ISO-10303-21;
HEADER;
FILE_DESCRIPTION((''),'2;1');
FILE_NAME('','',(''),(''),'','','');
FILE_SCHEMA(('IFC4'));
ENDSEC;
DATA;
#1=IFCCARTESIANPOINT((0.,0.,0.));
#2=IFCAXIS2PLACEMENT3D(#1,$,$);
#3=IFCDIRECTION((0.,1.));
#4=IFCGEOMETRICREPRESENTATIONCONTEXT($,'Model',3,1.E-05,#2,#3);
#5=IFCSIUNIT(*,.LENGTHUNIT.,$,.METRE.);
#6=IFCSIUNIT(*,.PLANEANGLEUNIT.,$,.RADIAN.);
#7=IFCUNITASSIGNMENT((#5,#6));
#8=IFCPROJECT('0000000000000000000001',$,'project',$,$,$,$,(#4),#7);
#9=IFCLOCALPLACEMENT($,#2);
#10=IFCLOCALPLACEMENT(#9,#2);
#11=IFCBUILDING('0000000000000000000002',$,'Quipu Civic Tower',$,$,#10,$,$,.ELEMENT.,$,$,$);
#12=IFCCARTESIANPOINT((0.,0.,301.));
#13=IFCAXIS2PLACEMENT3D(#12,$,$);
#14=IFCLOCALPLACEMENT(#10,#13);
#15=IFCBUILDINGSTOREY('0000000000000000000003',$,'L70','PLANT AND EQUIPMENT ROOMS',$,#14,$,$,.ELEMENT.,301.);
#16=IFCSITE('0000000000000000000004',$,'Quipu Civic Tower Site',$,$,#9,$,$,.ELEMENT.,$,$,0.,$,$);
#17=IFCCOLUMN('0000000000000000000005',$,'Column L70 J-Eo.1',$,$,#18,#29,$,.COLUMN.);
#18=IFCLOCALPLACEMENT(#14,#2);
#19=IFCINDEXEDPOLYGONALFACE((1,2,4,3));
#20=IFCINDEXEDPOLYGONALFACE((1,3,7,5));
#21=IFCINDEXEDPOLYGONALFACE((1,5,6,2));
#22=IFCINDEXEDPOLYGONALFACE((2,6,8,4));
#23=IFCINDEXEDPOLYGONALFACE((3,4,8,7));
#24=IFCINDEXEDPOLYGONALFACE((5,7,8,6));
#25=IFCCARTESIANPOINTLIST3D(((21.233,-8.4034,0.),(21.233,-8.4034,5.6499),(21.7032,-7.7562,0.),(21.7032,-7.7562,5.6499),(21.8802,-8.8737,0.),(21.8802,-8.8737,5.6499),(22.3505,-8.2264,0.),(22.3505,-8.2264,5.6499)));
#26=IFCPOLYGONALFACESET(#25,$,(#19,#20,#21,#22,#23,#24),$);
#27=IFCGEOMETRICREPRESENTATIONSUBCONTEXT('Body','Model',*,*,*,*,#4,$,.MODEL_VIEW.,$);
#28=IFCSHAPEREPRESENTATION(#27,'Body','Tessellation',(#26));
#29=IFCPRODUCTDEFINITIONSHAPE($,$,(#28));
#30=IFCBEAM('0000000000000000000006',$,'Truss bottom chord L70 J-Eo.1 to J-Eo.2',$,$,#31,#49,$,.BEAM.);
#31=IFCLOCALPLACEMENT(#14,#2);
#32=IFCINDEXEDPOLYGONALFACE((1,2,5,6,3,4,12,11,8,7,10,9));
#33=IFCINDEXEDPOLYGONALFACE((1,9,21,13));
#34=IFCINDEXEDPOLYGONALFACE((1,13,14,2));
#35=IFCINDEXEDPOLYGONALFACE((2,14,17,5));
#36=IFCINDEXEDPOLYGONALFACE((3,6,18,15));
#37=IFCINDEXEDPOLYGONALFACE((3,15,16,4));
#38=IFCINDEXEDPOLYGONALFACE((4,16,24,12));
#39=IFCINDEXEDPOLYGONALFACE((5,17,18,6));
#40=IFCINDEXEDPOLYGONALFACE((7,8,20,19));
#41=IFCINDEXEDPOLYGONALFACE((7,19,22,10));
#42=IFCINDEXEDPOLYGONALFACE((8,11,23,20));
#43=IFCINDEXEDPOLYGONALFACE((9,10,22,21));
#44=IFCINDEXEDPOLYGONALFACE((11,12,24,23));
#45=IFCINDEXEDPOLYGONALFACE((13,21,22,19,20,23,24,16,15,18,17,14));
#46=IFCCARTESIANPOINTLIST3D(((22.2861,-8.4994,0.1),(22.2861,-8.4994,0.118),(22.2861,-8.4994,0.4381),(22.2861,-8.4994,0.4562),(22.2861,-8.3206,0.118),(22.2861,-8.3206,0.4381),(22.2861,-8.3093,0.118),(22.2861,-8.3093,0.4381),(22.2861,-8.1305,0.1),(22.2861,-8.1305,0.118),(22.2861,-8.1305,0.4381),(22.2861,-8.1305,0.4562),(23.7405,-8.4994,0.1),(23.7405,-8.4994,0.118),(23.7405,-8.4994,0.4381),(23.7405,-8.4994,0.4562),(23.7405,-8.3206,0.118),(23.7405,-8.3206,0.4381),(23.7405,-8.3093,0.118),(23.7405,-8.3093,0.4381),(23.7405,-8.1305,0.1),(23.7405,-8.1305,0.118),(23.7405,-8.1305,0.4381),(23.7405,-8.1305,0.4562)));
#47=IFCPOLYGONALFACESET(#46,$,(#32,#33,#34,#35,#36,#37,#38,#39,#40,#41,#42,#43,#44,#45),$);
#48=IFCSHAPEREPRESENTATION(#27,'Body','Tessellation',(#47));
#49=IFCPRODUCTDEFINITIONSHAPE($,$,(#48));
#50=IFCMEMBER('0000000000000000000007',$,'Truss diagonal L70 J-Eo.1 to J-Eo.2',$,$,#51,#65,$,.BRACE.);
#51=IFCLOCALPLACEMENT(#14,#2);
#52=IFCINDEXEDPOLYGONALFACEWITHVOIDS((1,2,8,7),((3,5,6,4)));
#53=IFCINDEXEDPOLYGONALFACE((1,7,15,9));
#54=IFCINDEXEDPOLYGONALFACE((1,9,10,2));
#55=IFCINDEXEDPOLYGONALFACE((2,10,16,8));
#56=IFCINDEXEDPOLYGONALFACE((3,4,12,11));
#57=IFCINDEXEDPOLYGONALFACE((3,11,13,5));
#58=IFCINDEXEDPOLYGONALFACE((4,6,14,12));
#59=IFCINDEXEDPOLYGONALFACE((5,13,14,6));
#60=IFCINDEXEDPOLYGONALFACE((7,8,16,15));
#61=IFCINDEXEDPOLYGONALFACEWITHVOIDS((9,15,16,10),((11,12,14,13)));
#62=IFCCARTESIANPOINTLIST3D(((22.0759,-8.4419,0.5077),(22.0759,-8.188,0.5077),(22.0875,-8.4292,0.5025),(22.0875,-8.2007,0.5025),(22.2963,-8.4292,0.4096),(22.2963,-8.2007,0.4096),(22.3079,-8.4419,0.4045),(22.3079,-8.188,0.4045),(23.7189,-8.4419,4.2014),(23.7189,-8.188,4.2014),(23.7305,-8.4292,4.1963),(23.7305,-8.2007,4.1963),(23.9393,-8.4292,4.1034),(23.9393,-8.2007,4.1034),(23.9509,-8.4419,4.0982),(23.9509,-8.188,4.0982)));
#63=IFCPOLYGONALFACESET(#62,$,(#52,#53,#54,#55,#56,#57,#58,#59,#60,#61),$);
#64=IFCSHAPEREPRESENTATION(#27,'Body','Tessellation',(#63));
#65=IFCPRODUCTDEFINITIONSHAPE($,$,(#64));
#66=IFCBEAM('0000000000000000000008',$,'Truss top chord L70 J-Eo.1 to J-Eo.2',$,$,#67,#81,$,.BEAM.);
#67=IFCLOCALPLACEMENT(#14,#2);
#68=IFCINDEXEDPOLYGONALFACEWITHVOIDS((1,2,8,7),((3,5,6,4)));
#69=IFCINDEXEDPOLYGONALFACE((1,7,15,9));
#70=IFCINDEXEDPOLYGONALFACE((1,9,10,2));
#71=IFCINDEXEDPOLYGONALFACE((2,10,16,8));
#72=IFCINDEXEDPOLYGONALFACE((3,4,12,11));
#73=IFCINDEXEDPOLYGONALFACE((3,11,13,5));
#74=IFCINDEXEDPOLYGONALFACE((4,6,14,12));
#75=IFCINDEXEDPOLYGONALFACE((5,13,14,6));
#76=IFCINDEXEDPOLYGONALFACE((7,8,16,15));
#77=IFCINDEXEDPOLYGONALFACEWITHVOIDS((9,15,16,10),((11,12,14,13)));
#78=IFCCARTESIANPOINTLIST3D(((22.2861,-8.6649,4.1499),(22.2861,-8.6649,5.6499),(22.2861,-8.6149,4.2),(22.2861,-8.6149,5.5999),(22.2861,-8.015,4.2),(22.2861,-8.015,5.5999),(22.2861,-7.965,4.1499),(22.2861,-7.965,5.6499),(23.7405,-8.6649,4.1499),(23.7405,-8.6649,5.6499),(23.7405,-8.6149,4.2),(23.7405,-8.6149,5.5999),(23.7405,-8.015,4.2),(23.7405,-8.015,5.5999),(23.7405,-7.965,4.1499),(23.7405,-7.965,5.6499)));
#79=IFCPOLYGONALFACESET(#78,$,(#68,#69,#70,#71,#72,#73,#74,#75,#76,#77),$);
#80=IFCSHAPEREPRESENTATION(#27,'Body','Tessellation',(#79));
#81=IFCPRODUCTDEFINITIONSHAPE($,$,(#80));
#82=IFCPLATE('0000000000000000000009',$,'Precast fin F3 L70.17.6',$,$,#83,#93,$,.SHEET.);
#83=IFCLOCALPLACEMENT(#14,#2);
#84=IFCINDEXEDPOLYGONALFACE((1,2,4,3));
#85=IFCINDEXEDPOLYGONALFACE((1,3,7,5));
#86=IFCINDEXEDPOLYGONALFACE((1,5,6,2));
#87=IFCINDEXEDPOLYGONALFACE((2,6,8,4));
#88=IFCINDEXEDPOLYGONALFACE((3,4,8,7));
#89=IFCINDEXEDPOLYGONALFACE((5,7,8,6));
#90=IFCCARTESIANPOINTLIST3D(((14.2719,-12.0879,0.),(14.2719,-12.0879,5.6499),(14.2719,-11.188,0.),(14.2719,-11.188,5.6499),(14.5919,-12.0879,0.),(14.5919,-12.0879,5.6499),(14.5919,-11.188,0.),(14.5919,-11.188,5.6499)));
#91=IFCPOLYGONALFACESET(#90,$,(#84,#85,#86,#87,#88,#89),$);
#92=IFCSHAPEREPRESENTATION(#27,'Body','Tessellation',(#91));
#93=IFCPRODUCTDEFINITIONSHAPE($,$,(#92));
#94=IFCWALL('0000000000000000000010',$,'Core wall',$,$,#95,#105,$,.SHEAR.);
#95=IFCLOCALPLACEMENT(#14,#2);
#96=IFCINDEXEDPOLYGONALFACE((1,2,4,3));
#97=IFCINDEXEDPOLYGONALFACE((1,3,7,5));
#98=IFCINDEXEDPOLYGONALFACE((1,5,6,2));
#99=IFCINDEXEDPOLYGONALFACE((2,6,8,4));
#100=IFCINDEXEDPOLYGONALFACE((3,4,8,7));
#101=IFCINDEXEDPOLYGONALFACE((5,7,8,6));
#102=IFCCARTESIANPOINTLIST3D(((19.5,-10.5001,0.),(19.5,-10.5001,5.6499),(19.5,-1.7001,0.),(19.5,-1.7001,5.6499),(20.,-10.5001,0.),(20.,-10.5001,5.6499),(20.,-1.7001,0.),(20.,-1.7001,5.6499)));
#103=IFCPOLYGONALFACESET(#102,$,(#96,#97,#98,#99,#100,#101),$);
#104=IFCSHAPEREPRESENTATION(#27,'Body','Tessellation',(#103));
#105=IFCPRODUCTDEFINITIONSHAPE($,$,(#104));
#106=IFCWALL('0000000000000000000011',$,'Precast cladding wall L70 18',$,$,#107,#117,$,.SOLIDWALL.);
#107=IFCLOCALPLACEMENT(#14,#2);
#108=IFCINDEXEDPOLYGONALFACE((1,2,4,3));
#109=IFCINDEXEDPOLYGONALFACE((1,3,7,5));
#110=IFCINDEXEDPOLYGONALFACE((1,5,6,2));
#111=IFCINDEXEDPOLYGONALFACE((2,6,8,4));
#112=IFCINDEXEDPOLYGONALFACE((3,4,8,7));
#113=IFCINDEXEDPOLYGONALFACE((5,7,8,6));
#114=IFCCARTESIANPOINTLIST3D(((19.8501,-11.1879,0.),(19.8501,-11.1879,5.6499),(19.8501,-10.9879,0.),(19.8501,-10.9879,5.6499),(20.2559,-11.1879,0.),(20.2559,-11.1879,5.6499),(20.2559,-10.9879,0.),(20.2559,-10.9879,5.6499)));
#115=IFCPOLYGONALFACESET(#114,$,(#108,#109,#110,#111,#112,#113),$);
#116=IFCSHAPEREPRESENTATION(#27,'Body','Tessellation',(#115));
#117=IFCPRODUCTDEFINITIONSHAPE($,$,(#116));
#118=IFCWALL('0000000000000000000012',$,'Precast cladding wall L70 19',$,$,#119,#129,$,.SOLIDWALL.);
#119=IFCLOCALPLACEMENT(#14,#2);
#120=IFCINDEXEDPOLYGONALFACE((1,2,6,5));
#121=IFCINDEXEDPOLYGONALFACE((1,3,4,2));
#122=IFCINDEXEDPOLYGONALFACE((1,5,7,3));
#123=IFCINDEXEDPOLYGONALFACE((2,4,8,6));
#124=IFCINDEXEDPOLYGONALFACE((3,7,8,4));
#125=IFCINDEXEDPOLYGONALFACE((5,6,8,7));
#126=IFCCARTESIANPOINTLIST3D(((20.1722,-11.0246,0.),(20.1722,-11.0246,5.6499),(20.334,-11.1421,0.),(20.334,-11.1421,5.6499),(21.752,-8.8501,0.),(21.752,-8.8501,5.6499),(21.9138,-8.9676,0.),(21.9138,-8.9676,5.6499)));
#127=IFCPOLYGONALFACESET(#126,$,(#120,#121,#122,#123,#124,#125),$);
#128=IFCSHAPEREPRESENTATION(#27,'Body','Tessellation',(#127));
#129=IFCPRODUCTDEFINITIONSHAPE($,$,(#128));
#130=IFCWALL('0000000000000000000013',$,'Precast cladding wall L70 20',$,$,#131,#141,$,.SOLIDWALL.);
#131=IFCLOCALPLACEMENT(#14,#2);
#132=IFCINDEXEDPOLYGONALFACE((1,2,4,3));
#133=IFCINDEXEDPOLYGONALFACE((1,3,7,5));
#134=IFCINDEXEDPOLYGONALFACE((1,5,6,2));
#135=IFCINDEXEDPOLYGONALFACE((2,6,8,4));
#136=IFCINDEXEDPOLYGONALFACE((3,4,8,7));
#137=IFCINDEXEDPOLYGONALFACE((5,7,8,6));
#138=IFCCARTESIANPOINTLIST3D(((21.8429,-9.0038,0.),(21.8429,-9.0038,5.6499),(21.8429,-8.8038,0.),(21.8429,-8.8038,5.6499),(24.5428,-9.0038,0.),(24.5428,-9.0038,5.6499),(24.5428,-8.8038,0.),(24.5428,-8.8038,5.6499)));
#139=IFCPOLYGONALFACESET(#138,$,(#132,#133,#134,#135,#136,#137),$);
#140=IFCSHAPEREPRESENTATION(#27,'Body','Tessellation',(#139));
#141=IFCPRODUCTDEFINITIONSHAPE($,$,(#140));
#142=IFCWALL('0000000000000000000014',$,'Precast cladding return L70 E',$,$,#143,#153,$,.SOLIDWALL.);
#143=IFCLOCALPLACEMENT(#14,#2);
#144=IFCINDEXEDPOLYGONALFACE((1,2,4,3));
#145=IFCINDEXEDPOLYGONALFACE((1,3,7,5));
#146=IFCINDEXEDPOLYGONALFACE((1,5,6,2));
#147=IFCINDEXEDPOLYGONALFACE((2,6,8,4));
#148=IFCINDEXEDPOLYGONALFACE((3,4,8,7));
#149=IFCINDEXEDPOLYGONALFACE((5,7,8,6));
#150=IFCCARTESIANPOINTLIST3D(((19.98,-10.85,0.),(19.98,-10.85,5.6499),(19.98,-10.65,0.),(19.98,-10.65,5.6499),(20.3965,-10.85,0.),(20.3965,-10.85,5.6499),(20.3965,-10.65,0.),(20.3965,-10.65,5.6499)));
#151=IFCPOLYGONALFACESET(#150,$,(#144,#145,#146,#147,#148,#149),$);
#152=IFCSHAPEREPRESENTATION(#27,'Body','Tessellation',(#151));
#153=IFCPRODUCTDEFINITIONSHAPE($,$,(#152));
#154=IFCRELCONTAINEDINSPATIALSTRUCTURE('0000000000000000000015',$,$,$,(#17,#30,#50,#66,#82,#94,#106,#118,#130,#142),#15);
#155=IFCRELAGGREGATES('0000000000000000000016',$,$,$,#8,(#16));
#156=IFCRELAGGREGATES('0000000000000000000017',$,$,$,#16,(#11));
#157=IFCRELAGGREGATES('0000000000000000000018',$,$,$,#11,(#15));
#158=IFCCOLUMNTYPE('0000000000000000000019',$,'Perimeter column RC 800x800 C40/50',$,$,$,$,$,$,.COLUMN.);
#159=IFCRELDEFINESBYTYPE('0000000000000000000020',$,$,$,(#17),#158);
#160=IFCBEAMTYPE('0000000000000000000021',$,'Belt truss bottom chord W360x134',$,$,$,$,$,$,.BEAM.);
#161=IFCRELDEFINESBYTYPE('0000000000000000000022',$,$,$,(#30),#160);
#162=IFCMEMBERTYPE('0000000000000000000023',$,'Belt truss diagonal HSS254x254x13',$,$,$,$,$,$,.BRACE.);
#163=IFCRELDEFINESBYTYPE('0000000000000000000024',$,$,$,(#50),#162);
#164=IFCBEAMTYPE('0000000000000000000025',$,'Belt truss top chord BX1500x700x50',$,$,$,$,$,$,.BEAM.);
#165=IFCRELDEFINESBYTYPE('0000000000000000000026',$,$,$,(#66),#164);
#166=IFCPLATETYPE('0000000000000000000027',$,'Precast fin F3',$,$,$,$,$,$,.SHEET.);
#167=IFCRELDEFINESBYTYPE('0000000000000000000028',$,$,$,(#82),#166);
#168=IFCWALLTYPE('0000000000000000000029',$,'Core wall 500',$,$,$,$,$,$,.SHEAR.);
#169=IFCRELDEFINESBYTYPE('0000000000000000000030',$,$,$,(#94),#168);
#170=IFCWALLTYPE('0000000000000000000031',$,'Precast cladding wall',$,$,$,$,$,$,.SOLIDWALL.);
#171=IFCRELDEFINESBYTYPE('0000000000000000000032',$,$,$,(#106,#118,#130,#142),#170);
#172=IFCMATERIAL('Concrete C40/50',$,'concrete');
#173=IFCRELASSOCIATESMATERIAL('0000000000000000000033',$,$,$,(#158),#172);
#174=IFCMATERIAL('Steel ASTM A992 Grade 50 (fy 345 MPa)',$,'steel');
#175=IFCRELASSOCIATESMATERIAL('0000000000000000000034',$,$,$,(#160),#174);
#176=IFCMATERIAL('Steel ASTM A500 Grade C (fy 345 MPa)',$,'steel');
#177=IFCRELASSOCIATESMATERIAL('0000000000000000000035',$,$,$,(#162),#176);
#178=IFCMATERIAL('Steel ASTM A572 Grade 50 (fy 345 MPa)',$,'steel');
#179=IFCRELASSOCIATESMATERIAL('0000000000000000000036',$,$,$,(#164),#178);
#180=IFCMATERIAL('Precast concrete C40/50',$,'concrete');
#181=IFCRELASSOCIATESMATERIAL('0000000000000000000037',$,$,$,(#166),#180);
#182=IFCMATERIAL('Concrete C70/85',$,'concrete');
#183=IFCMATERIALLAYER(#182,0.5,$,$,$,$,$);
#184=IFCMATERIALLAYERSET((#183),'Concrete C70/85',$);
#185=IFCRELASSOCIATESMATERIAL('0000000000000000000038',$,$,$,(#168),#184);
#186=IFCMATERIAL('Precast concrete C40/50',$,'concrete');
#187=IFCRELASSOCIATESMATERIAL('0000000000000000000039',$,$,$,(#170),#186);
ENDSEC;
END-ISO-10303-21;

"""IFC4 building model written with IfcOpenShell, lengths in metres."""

from ifc_helpers import new_model, si_unit, direction, frame, frame_2d, origin, origin_2d, place, context, subcontext, project, spatial, rectangle, hollow_rectangle, i_section, extrude, material, layer, layer_set, material_profile, profile_set, type_object, element, save


model = new_model("IFC4")

# Units and contexts
model_context = context("Model", 3, precision=1e-05, world=origin(), true_north=direction((0.0, 1.0)))
body_context = subcontext(model_context, "Body", "Model", "MODEL_VIEW")
ifc_project = project(units=[si_unit("LENGTHUNIT", "METRE"), si_unit("PLANEANGLEUNIT", "RADIAN")], contexts=[model_context])

# Site, building, storey
site_placement = place(None, origin())
site = spatial("IfcSite", under=ifc_project, at=site_placement, Name="Quipu Civic Tower Site", CompositionType="ELEMENT", RefElevation=0.0)
building_placement = place(site_placement, origin())
building = spatial("IfcBuilding", under=site, at=building_placement, Name="Quipu Civic Tower", CompositionType="ELEMENT")
storey_placement = place(building_placement, frame((0.0, 0.0, 301.0)))
storey = spatial("IfcBuildingStorey", under=building, at=storey_placement, Name="L70", Description="PLANT AND EQUIPMENT ROOMS", CompositionType="ELEMENT", Elevation=301.0)

# Column
ifc_material_1 = material(Name="Concrete C40/50", Category="concrete")
ifc_material_profile_1 = material_profile(ifc_material_1, rectangle(XDim=0.8, YDim=0.8, at=origin_2d()), Name="RC800x800")
ifc_profile_set_1 = profile_set([ifc_material_profile_1], Name="Concrete C40/50")
column_type = type_object("IfcColumnType", Name="Perimeter column RC 800x800 C40/50", PredefinedType="COLUMN", material=ifc_profile_set_1)
column_placement = place(storey_placement, frame((21.7917, -8.3149, 0.0), z_axis=(0.0, 0.0, 1.0), x_axis=(0.587785, 0.809017, 0.0)))
element("IfcColumn", 1, at=column_placement, inside=storey, type_object=column_type, Name="Column L70 J-Eo.1", PredefinedType="COLUMN", context=body_context, shape_type="SweptSolid", body=[
    extrude(rectangle(XDim=0.8, YDim=0.8, at=origin_2d()), origin(), (0.0, 0.0, 1.0), 5.6499),
])

# Beam
ifc_material_2 = material(Name="Steel ASTM A992 Grade 50 (fy 345 MPa)", Category="steel")
ifc_material_profile_2 = material_profile(ifc_material_2, i_section(OverallWidth=0.3689, OverallDepth=0.3562, WebThickness=0.0112, FlangeThickness=0.0181, at=origin_2d()), Name="W360x134")
ifc_profile_set_2 = profile_set([ifc_material_profile_2], Name="Steel ASTM A992 Grade 50 (fy 345 MPa)")
beam_type_1 = type_object("IfcBeamType", Name="Belt truss bottom chord W360x134", PredefinedType="BEAM", material=ifc_profile_set_2)
beam_1_placement = place(storey_placement, frame((22.2861, -8.3149, 0.2781), z_axis=(1.0, 0.0, 0.0), x_axis=(0.0, 1.0, 0.0)))
element("IfcBeam", 2, at=beam_1_placement, inside=storey, type_object=beam_type_1, Name="Truss bottom chord L70 J-Eo.1 to J-Eo.2", PredefinedType="BEAM", context=body_context, shape_type="SweptSolid", body=[
    extrude(i_section(OverallWidth=0.3689, OverallDepth=0.3562, WebThickness=0.0112, FlangeThickness=0.0181, at=origin_2d()), origin(), (0.0, 0.0, 1.0), 1.4543),
])

# Member
ifc_material_3 = material(Name="Steel ASTM A500 Grade C (fy 345 MPa)", Category="steel")
ifc_material_profile_3 = material_profile(ifc_material_3, hollow_rectangle(XDim=0.2539, YDim=0.2539, WallThickness=0.0127, at=origin_2d()), Name="HSS254x254x13")
ifc_profile_set_3 = profile_set([ifc_material_profile_3], Name="Steel ASTM A500 Grade C (fy 345 MPa)")
member_type = type_object("IfcMemberType", Name="Belt truss diagonal HSS254x254x13", PredefinedType="BRACE", material=ifc_profile_set_3)
member_placement = place(storey_placement, frame((22.1919, -8.3149, 0.4561), z_axis=(0.406419, 0.0, 0.913687), x_axis=(0.0, 1.0, 0.0)))
element("IfcMember", 3, at=member_placement, inside=storey, type_object=member_type, Name="Truss diagonal L70 J-Eo.1 to J-Eo.2", PredefinedType="BRACE", context=body_context, shape_type="SweptSolid", body=[
    extrude(hollow_rectangle(XDim=0.2539, YDim=0.2539, WallThickness=0.0127, at=origin_2d()), origin(), (0.0, 0.0, 1.0), 4.0427),
])

# Beam
ifc_material_4 = material(Name="Steel ASTM A572 Grade 50 (fy 345 MPa)", Category="steel")
ifc_material_profile_4 = material_profile(ifc_material_4, hollow_rectangle(XDim=0.7, YDim=1.5, WallThickness=0.05, at=origin_2d()), Name="BX1500x700x50")
ifc_profile_set_4 = profile_set([ifc_material_profile_4], Name="Steel ASTM A572 Grade 50 (fy 345 MPa)")
beam_type_2 = type_object("IfcBeamType", Name="Belt truss top chord BX1500x700x50", PredefinedType="BEAM", material=ifc_profile_set_4)
beam_2_placement = place(storey_placement, frame((22.2861, -8.3149, 4.8999), z_axis=(1.0, 0.0, 0.0), x_axis=(0.0, 1.0, 0.0)))
element("IfcBeam", 4, at=beam_2_placement, inside=storey, type_object=beam_type_2, Name="Truss top chord L70 J-Eo.1 to J-Eo.2", PredefinedType="BEAM", context=body_context, shape_type="SweptSolid", body=[
    extrude(hollow_rectangle(XDim=0.7, YDim=1.5, WallThickness=0.05, at=origin_2d()), origin(), (0.0, 0.0, 1.0), 1.4543),
])

# Plate
ifc_material_5 = material(Name="Precast concrete C40/50", Category="concrete")
plate_type = type_object("IfcPlateType", Name="Precast fin F3", PredefinedType="SHEET", material=ifc_material_5)
plate_placement = place(storey_placement, frame((14.4319, -11.6379, 0.0), z_axis=(0.0, 0.0, 1.0), x_axis=(1.0, 0.0, 0.0)))
element("IfcPlate", 5, at=plate_placement, inside=storey, type_object=plate_type, Name="Precast fin F3 L70.17.6", PredefinedType="SHEET", context=body_context, shape_type="SweptSolid", body=[
    extrude(rectangle(XDim=0.3201, YDim=0.8999, at=origin_2d()), origin(), (0.0, 0.0, 1.0), 5.6499),
])

# Walls
ifc_material_6 = material(Name="Concrete C70/85", Category="concrete")
ifc_layer = layer(ifc_material_6, 0.5)
ifc_layer_set = layer_set([ifc_layer], Name="Concrete C70/85")
wall_type_1 = type_object("IfcWallType", Name="Core wall 500", PredefinedType="SHEAR", material=ifc_layer_set)
wall_1_placement = place(storey_placement, frame((19.75, -10.5, 0.0), z_axis=(0.0, 0.0, 1.0), x_axis=(0.0, 1.0, 0.0)))
element("IfcWall", 6, at=wall_1_placement, inside=storey, type_object=wall_type_1, Name="Core wall", PredefinedType="SHEAR", context=body_context, shape_type="SweptSolid", body=[
    extrude(rectangle(XDim=8.8, YDim=0.5, at=frame_2d((4.3999, 0.0))), origin(), (0.0, 0.0, 1.0), 5.6499),
])
ifc_material_7 = material(Name="Precast concrete C40/50", Category="concrete")
wall_type_2 = type_object("IfcWallType", Name="Precast cladding wall", PredefinedType="SOLIDWALL", material=ifc_material_7)
wall_2_placement = place(storey_placement, frame((19.8501, -11.0879, 0.0), z_axis=(0.0, 0.0, 1.0), x_axis=(1.0, 0.0, 0.0)))
element("IfcWall", 7, at=wall_2_placement, inside=storey, type_object=wall_type_2, Name="Precast cladding wall L70 18", PredefinedType="SOLIDWALL", context=body_context, shape_type="SweptSolid", body=[
    extrude(rectangle(XDim=0.4058, YDim=0.2, at=frame_2d((0.2029, 0.0))), origin(), (0.0, 0.0, 1.0), 5.6499),
])
wall_3_placement = place(storey_placement, frame((20.2532, -11.0833, 0.0), z_axis=(0.0, 0.0, 1.0), x_axis=(0.587767, 0.809031, 0.0)))
element("IfcWall", 8, at=wall_3_placement, inside=storey, type_object=wall_type_2, Name="Precast cladding wall L70 19", PredefinedType="SOLIDWALL", context=body_context, shape_type="SweptSolid", body=[
    extrude(rectangle(XDim=2.6877, YDim=0.2, at=frame_2d((1.3438, 0.0))), origin(), (0.0, 0.0, 1.0), 5.6499),
])
wall_4_placement = place(storey_placement, frame((21.8428, -8.9038, 0.0), z_axis=(0.0, 0.0, 1.0), x_axis=(1.0, 0.0, 0.0)))
element("IfcWall", 9, at=wall_4_placement, inside=storey, type_object=wall_type_2, Name="Precast cladding wall L70 20", PredefinedType="SOLIDWALL", context=body_context, shape_type="SweptSolid", body=[
    extrude(rectangle(XDim=2.7, YDim=0.2, at=frame_2d((1.3501, 0.0))), origin(), (0.0, 0.0, 1.0), 5.6499),
])
wall_5_placement = place(storey_placement, frame((19.98, -10.75, 0.0), z_axis=(0.0, 0.0, 1.0), x_axis=(1.0, 0.0, 0.0)))
element("IfcWall", 10, at=wall_5_placement, inside=storey, type_object=wall_type_2, Name="Precast cladding return L70 E", PredefinedType="SOLIDWALL", context=body_context, shape_type="SweptSolid", body=[
    extrude(rectangle(XDim=0.4165, YDim=0.2, at=frame_2d((0.2083, 0.0))), origin(), (0.0, 0.0, 1.0), 5.6499),
])

save(model, "model.ifc")
